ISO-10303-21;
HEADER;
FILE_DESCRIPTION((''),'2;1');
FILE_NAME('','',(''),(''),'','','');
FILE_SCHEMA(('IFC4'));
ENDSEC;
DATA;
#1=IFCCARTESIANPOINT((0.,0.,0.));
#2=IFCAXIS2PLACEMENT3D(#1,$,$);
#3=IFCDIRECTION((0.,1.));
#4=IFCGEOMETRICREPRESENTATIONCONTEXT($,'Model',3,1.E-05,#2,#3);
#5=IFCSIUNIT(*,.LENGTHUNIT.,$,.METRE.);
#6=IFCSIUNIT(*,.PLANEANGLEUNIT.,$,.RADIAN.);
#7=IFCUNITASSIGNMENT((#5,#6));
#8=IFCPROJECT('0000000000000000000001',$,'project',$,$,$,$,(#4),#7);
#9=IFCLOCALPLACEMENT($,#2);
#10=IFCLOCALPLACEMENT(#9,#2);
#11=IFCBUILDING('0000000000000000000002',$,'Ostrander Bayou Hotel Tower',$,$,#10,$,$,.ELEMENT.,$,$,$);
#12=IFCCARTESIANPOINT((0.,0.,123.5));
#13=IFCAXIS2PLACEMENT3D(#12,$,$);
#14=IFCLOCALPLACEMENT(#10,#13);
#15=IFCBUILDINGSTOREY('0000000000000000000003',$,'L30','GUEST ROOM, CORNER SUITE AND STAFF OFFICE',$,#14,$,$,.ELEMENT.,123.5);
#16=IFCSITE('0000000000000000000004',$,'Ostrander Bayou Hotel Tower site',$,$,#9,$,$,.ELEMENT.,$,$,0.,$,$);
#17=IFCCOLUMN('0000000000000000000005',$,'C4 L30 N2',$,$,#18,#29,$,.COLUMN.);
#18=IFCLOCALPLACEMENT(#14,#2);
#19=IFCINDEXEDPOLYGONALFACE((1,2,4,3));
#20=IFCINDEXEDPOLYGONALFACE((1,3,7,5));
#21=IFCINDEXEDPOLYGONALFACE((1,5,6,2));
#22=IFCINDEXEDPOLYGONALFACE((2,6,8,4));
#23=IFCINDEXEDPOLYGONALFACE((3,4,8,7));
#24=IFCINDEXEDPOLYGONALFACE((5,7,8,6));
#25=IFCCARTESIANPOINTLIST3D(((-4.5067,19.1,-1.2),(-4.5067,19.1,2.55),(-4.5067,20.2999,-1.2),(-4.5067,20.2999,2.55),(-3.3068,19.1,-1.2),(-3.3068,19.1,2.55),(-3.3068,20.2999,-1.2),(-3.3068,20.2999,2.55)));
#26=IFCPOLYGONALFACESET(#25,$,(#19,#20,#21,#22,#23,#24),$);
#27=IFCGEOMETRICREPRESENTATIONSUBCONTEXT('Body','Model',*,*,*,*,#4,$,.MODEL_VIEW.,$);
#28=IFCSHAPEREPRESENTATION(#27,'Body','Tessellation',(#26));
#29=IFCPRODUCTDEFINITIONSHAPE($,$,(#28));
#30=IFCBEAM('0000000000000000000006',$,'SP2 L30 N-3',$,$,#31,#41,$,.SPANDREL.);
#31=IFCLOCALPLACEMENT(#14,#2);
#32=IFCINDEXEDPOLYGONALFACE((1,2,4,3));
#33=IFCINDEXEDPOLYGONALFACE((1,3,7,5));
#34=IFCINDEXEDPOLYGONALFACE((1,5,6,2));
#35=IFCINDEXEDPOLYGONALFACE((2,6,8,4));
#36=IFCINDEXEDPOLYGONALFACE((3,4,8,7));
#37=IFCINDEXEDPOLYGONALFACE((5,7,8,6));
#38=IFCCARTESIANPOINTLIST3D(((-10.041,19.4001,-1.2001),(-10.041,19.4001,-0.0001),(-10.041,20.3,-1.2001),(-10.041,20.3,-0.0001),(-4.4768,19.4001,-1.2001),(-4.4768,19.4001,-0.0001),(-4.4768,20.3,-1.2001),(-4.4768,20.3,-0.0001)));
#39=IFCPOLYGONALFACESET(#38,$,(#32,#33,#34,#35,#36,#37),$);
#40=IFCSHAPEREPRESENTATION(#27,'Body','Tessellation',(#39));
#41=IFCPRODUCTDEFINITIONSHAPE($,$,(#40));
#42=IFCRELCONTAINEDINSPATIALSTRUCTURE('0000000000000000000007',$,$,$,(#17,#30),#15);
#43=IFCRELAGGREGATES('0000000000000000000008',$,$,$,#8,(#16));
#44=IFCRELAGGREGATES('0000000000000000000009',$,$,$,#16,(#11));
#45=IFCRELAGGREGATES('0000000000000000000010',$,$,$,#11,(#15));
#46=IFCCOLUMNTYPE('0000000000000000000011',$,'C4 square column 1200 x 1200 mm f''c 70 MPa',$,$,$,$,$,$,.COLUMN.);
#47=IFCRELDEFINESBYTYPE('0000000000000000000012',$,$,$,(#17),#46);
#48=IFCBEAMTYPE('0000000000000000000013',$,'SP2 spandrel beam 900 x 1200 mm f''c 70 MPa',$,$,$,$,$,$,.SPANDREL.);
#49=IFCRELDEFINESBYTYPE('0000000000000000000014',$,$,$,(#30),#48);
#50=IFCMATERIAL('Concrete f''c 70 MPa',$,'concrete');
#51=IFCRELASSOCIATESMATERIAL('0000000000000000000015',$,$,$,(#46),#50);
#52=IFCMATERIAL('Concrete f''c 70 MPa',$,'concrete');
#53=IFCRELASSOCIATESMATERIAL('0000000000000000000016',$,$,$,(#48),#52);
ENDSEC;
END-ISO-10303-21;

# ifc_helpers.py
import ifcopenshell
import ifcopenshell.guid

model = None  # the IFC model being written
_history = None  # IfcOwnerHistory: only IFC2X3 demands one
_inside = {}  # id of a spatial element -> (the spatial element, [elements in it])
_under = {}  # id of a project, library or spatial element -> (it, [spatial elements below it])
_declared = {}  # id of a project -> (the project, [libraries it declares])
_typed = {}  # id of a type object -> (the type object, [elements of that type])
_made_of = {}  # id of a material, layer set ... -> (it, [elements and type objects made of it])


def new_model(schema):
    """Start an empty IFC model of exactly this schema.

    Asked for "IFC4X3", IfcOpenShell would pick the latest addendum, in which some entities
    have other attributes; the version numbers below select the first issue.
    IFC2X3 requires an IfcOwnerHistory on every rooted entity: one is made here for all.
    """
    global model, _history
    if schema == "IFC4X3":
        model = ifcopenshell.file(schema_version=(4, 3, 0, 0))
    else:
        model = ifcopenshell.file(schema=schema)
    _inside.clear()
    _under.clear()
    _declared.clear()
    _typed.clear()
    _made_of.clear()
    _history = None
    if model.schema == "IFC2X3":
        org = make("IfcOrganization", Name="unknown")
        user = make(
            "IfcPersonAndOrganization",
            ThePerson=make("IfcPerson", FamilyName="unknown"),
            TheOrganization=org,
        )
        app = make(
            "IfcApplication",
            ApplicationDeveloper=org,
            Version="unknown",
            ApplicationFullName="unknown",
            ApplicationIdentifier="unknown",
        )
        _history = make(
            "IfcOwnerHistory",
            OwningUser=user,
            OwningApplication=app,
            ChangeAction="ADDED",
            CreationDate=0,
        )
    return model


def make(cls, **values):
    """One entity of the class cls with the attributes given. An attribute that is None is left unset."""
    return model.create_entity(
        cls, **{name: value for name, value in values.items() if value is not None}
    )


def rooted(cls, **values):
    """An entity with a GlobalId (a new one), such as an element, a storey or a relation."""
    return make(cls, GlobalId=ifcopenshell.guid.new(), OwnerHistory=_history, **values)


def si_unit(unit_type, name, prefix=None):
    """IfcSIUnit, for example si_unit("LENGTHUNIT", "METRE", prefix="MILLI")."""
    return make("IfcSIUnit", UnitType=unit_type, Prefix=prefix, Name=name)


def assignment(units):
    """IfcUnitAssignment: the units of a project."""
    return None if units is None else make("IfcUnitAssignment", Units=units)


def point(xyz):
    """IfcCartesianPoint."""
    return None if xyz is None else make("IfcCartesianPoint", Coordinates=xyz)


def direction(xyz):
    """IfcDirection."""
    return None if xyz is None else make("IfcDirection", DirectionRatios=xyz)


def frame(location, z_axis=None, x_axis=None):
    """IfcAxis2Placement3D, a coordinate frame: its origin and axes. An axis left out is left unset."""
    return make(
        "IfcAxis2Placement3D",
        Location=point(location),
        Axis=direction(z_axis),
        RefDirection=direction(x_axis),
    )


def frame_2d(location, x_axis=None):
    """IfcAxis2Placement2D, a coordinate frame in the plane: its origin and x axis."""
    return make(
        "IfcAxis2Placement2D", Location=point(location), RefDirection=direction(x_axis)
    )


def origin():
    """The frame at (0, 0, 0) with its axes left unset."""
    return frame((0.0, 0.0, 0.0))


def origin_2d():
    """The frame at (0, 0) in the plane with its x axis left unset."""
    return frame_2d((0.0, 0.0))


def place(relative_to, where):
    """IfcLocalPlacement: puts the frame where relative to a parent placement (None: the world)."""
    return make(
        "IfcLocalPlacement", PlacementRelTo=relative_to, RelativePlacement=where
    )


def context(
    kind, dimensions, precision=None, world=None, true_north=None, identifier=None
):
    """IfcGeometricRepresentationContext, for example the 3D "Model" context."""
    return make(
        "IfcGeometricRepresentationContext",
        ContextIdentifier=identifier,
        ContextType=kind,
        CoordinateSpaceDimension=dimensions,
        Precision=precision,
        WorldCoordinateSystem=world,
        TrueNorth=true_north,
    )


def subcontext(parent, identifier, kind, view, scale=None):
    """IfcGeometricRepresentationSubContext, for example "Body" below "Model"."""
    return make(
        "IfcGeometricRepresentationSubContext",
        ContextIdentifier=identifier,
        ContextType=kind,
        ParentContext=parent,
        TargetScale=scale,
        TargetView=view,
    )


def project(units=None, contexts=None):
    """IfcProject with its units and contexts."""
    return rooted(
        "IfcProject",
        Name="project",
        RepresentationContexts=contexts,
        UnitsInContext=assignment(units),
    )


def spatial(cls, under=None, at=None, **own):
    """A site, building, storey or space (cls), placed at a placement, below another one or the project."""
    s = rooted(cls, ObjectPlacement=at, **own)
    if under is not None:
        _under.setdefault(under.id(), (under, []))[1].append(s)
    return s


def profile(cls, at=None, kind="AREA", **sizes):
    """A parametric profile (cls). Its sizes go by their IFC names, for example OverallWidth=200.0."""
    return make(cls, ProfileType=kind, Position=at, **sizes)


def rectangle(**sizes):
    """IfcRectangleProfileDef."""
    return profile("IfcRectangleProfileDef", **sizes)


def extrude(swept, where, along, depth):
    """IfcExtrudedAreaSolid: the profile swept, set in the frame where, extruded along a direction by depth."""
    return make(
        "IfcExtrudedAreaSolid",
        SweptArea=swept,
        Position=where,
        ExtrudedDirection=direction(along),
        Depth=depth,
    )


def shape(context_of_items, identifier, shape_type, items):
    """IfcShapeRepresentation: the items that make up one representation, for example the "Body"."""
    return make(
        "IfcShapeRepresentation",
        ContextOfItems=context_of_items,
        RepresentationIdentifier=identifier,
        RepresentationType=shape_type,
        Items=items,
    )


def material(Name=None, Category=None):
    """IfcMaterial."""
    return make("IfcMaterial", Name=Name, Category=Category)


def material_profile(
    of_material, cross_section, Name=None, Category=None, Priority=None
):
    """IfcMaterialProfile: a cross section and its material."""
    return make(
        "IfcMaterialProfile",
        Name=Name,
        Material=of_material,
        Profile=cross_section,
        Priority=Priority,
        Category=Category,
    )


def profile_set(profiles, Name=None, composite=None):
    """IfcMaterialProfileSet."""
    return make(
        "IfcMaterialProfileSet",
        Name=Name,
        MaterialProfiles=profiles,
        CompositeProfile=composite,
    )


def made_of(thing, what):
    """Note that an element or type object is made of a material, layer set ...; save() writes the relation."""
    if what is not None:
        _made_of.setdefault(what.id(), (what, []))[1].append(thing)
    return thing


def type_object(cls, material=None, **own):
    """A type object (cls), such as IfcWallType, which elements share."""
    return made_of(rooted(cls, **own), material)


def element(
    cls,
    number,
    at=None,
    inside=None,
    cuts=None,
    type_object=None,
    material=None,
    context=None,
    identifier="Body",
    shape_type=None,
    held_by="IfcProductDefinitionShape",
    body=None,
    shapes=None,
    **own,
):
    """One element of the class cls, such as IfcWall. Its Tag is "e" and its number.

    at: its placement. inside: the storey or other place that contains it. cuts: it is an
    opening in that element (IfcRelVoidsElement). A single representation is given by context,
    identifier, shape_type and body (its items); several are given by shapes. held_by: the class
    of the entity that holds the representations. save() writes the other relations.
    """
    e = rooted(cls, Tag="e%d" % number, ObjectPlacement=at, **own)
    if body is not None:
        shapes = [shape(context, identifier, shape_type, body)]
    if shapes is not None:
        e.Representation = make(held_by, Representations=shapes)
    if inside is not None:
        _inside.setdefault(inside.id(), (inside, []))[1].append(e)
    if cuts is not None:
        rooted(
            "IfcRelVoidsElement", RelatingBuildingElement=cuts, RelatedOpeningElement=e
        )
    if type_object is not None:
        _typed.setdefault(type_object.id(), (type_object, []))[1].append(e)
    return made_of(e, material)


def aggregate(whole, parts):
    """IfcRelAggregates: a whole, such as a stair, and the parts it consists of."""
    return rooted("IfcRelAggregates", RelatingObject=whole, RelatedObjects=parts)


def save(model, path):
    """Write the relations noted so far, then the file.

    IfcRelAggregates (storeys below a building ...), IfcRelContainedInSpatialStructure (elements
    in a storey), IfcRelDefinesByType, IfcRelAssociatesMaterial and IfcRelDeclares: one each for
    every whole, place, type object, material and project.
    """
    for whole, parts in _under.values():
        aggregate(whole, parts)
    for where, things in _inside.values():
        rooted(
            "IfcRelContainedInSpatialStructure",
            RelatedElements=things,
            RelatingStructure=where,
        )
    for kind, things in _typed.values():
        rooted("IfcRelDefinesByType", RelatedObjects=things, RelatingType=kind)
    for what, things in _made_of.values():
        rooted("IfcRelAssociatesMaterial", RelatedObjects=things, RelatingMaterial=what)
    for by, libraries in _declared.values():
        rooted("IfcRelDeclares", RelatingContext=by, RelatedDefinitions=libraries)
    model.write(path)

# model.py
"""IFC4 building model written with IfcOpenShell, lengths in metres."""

from ifc_helpers import new_model, si_unit, direction, frame, origin, origin_2d, place, context, subcontext, project, spatial, rectangle, extrude, material, material_profile, profile_set, type_object, element, save


model = new_model("IFC4")

# Units and contexts
model_context = context("Model", 3, precision=1e-05, world=origin(), true_north=direction((0.0, 1.0)))
body_context = subcontext(model_context, "Body", "Model", "MODEL_VIEW")
ifc_project = project(units=[si_unit("LENGTHUNIT", "METRE"), si_unit("PLANEANGLEUNIT", "RADIAN")], contexts=[model_context])

# Site, building, storey
site_placement = place(None, origin())
site = spatial("IfcSite", under=ifc_project, at=site_placement, Name="Ostrander Bayou Hotel Tower site", CompositionType="ELEMENT", RefElevation=0.0)
building_placement = place(site_placement, origin())
building = spatial("IfcBuilding", under=site, at=building_placement, Name="Ostrander Bayou Hotel Tower", CompositionType="ELEMENT")
storey_placement = place(building_placement, frame((0.0, 0.0, 123.5)))
storey = spatial("IfcBuildingStorey", under=building, at=storey_placement, Name="L30", Description="GUEST ROOM, CORNER SUITE AND STAFF OFFICE", CompositionType="ELEMENT", Elevation=123.5)

# Column
ifc_material_1 = material(Name="Concrete f'c 70 MPa", Category="concrete")
ifc_material_profile_1 = material_profile(ifc_material_1, rectangle(XDim=1.2, YDim=1.2, at=origin_2d()))
ifc_profile_set_1 = profile_set([ifc_material_profile_1], Name="Concrete f'c 70 MPa")
column_type = type_object("IfcColumnType", Name="C4 square column 1200 x 1200 mm f'c 70 MPa", PredefinedType="COLUMN", material=ifc_profile_set_1)
column_placement = place(storey_placement, frame((-3.9067, 19.7, -1.2), z_axis=(0.0, 0.0, 1.0), x_axis=(1.0, 0.0, 0.0)))
element("IfcColumn", 1, at=column_placement, inside=storey, type_object=column_type, Name="C4 L30 N2", PredefinedType="COLUMN", context=body_context, shape_type="SweptSolid", body=[
    extrude(rectangle(XDim=1.2, YDim=1.2, at=origin_2d()), origin(), (0.0, 0.0, 1.0), 3.75),
])

# Beam
ifc_material_2 = material(Name="Concrete f'c 70 MPa", Category="concrete")
ifc_material_profile_2 = material_profile(ifc_material_2, rectangle(XDim=0.8999, YDim=1.2, at=origin_2d()))
ifc_profile_set_2 = profile_set([ifc_material_profile_2], Name="Concrete f'c 70 MPa")
beam_type = type_object("IfcBeamType", Name="SP2 spandrel beam 900 x 1200 mm f'c 70 MPa", PredefinedType="SPANDREL", material=ifc_profile_set_2)
beam_placement = place(storey_placement, frame((-4.4768, 19.8501, -0.6001), z_axis=(-1.0, 0.0, 0.0), x_axis=(0.0, -1.0, 0.0)))
element("IfcBeam", 2, at=beam_placement, inside=storey, type_object=beam_type, Name="SP2 L30 N-3", PredefinedType="SPANDREL", context=body_context, shape_type="SweptSolid", body=[
    extrude(rectangle(XDim=0.8999, YDim=1.2, at=origin_2d()), origin(), (0.0, 0.0, 1.0), 5.5642),
])

save(model, "model.ifc")
